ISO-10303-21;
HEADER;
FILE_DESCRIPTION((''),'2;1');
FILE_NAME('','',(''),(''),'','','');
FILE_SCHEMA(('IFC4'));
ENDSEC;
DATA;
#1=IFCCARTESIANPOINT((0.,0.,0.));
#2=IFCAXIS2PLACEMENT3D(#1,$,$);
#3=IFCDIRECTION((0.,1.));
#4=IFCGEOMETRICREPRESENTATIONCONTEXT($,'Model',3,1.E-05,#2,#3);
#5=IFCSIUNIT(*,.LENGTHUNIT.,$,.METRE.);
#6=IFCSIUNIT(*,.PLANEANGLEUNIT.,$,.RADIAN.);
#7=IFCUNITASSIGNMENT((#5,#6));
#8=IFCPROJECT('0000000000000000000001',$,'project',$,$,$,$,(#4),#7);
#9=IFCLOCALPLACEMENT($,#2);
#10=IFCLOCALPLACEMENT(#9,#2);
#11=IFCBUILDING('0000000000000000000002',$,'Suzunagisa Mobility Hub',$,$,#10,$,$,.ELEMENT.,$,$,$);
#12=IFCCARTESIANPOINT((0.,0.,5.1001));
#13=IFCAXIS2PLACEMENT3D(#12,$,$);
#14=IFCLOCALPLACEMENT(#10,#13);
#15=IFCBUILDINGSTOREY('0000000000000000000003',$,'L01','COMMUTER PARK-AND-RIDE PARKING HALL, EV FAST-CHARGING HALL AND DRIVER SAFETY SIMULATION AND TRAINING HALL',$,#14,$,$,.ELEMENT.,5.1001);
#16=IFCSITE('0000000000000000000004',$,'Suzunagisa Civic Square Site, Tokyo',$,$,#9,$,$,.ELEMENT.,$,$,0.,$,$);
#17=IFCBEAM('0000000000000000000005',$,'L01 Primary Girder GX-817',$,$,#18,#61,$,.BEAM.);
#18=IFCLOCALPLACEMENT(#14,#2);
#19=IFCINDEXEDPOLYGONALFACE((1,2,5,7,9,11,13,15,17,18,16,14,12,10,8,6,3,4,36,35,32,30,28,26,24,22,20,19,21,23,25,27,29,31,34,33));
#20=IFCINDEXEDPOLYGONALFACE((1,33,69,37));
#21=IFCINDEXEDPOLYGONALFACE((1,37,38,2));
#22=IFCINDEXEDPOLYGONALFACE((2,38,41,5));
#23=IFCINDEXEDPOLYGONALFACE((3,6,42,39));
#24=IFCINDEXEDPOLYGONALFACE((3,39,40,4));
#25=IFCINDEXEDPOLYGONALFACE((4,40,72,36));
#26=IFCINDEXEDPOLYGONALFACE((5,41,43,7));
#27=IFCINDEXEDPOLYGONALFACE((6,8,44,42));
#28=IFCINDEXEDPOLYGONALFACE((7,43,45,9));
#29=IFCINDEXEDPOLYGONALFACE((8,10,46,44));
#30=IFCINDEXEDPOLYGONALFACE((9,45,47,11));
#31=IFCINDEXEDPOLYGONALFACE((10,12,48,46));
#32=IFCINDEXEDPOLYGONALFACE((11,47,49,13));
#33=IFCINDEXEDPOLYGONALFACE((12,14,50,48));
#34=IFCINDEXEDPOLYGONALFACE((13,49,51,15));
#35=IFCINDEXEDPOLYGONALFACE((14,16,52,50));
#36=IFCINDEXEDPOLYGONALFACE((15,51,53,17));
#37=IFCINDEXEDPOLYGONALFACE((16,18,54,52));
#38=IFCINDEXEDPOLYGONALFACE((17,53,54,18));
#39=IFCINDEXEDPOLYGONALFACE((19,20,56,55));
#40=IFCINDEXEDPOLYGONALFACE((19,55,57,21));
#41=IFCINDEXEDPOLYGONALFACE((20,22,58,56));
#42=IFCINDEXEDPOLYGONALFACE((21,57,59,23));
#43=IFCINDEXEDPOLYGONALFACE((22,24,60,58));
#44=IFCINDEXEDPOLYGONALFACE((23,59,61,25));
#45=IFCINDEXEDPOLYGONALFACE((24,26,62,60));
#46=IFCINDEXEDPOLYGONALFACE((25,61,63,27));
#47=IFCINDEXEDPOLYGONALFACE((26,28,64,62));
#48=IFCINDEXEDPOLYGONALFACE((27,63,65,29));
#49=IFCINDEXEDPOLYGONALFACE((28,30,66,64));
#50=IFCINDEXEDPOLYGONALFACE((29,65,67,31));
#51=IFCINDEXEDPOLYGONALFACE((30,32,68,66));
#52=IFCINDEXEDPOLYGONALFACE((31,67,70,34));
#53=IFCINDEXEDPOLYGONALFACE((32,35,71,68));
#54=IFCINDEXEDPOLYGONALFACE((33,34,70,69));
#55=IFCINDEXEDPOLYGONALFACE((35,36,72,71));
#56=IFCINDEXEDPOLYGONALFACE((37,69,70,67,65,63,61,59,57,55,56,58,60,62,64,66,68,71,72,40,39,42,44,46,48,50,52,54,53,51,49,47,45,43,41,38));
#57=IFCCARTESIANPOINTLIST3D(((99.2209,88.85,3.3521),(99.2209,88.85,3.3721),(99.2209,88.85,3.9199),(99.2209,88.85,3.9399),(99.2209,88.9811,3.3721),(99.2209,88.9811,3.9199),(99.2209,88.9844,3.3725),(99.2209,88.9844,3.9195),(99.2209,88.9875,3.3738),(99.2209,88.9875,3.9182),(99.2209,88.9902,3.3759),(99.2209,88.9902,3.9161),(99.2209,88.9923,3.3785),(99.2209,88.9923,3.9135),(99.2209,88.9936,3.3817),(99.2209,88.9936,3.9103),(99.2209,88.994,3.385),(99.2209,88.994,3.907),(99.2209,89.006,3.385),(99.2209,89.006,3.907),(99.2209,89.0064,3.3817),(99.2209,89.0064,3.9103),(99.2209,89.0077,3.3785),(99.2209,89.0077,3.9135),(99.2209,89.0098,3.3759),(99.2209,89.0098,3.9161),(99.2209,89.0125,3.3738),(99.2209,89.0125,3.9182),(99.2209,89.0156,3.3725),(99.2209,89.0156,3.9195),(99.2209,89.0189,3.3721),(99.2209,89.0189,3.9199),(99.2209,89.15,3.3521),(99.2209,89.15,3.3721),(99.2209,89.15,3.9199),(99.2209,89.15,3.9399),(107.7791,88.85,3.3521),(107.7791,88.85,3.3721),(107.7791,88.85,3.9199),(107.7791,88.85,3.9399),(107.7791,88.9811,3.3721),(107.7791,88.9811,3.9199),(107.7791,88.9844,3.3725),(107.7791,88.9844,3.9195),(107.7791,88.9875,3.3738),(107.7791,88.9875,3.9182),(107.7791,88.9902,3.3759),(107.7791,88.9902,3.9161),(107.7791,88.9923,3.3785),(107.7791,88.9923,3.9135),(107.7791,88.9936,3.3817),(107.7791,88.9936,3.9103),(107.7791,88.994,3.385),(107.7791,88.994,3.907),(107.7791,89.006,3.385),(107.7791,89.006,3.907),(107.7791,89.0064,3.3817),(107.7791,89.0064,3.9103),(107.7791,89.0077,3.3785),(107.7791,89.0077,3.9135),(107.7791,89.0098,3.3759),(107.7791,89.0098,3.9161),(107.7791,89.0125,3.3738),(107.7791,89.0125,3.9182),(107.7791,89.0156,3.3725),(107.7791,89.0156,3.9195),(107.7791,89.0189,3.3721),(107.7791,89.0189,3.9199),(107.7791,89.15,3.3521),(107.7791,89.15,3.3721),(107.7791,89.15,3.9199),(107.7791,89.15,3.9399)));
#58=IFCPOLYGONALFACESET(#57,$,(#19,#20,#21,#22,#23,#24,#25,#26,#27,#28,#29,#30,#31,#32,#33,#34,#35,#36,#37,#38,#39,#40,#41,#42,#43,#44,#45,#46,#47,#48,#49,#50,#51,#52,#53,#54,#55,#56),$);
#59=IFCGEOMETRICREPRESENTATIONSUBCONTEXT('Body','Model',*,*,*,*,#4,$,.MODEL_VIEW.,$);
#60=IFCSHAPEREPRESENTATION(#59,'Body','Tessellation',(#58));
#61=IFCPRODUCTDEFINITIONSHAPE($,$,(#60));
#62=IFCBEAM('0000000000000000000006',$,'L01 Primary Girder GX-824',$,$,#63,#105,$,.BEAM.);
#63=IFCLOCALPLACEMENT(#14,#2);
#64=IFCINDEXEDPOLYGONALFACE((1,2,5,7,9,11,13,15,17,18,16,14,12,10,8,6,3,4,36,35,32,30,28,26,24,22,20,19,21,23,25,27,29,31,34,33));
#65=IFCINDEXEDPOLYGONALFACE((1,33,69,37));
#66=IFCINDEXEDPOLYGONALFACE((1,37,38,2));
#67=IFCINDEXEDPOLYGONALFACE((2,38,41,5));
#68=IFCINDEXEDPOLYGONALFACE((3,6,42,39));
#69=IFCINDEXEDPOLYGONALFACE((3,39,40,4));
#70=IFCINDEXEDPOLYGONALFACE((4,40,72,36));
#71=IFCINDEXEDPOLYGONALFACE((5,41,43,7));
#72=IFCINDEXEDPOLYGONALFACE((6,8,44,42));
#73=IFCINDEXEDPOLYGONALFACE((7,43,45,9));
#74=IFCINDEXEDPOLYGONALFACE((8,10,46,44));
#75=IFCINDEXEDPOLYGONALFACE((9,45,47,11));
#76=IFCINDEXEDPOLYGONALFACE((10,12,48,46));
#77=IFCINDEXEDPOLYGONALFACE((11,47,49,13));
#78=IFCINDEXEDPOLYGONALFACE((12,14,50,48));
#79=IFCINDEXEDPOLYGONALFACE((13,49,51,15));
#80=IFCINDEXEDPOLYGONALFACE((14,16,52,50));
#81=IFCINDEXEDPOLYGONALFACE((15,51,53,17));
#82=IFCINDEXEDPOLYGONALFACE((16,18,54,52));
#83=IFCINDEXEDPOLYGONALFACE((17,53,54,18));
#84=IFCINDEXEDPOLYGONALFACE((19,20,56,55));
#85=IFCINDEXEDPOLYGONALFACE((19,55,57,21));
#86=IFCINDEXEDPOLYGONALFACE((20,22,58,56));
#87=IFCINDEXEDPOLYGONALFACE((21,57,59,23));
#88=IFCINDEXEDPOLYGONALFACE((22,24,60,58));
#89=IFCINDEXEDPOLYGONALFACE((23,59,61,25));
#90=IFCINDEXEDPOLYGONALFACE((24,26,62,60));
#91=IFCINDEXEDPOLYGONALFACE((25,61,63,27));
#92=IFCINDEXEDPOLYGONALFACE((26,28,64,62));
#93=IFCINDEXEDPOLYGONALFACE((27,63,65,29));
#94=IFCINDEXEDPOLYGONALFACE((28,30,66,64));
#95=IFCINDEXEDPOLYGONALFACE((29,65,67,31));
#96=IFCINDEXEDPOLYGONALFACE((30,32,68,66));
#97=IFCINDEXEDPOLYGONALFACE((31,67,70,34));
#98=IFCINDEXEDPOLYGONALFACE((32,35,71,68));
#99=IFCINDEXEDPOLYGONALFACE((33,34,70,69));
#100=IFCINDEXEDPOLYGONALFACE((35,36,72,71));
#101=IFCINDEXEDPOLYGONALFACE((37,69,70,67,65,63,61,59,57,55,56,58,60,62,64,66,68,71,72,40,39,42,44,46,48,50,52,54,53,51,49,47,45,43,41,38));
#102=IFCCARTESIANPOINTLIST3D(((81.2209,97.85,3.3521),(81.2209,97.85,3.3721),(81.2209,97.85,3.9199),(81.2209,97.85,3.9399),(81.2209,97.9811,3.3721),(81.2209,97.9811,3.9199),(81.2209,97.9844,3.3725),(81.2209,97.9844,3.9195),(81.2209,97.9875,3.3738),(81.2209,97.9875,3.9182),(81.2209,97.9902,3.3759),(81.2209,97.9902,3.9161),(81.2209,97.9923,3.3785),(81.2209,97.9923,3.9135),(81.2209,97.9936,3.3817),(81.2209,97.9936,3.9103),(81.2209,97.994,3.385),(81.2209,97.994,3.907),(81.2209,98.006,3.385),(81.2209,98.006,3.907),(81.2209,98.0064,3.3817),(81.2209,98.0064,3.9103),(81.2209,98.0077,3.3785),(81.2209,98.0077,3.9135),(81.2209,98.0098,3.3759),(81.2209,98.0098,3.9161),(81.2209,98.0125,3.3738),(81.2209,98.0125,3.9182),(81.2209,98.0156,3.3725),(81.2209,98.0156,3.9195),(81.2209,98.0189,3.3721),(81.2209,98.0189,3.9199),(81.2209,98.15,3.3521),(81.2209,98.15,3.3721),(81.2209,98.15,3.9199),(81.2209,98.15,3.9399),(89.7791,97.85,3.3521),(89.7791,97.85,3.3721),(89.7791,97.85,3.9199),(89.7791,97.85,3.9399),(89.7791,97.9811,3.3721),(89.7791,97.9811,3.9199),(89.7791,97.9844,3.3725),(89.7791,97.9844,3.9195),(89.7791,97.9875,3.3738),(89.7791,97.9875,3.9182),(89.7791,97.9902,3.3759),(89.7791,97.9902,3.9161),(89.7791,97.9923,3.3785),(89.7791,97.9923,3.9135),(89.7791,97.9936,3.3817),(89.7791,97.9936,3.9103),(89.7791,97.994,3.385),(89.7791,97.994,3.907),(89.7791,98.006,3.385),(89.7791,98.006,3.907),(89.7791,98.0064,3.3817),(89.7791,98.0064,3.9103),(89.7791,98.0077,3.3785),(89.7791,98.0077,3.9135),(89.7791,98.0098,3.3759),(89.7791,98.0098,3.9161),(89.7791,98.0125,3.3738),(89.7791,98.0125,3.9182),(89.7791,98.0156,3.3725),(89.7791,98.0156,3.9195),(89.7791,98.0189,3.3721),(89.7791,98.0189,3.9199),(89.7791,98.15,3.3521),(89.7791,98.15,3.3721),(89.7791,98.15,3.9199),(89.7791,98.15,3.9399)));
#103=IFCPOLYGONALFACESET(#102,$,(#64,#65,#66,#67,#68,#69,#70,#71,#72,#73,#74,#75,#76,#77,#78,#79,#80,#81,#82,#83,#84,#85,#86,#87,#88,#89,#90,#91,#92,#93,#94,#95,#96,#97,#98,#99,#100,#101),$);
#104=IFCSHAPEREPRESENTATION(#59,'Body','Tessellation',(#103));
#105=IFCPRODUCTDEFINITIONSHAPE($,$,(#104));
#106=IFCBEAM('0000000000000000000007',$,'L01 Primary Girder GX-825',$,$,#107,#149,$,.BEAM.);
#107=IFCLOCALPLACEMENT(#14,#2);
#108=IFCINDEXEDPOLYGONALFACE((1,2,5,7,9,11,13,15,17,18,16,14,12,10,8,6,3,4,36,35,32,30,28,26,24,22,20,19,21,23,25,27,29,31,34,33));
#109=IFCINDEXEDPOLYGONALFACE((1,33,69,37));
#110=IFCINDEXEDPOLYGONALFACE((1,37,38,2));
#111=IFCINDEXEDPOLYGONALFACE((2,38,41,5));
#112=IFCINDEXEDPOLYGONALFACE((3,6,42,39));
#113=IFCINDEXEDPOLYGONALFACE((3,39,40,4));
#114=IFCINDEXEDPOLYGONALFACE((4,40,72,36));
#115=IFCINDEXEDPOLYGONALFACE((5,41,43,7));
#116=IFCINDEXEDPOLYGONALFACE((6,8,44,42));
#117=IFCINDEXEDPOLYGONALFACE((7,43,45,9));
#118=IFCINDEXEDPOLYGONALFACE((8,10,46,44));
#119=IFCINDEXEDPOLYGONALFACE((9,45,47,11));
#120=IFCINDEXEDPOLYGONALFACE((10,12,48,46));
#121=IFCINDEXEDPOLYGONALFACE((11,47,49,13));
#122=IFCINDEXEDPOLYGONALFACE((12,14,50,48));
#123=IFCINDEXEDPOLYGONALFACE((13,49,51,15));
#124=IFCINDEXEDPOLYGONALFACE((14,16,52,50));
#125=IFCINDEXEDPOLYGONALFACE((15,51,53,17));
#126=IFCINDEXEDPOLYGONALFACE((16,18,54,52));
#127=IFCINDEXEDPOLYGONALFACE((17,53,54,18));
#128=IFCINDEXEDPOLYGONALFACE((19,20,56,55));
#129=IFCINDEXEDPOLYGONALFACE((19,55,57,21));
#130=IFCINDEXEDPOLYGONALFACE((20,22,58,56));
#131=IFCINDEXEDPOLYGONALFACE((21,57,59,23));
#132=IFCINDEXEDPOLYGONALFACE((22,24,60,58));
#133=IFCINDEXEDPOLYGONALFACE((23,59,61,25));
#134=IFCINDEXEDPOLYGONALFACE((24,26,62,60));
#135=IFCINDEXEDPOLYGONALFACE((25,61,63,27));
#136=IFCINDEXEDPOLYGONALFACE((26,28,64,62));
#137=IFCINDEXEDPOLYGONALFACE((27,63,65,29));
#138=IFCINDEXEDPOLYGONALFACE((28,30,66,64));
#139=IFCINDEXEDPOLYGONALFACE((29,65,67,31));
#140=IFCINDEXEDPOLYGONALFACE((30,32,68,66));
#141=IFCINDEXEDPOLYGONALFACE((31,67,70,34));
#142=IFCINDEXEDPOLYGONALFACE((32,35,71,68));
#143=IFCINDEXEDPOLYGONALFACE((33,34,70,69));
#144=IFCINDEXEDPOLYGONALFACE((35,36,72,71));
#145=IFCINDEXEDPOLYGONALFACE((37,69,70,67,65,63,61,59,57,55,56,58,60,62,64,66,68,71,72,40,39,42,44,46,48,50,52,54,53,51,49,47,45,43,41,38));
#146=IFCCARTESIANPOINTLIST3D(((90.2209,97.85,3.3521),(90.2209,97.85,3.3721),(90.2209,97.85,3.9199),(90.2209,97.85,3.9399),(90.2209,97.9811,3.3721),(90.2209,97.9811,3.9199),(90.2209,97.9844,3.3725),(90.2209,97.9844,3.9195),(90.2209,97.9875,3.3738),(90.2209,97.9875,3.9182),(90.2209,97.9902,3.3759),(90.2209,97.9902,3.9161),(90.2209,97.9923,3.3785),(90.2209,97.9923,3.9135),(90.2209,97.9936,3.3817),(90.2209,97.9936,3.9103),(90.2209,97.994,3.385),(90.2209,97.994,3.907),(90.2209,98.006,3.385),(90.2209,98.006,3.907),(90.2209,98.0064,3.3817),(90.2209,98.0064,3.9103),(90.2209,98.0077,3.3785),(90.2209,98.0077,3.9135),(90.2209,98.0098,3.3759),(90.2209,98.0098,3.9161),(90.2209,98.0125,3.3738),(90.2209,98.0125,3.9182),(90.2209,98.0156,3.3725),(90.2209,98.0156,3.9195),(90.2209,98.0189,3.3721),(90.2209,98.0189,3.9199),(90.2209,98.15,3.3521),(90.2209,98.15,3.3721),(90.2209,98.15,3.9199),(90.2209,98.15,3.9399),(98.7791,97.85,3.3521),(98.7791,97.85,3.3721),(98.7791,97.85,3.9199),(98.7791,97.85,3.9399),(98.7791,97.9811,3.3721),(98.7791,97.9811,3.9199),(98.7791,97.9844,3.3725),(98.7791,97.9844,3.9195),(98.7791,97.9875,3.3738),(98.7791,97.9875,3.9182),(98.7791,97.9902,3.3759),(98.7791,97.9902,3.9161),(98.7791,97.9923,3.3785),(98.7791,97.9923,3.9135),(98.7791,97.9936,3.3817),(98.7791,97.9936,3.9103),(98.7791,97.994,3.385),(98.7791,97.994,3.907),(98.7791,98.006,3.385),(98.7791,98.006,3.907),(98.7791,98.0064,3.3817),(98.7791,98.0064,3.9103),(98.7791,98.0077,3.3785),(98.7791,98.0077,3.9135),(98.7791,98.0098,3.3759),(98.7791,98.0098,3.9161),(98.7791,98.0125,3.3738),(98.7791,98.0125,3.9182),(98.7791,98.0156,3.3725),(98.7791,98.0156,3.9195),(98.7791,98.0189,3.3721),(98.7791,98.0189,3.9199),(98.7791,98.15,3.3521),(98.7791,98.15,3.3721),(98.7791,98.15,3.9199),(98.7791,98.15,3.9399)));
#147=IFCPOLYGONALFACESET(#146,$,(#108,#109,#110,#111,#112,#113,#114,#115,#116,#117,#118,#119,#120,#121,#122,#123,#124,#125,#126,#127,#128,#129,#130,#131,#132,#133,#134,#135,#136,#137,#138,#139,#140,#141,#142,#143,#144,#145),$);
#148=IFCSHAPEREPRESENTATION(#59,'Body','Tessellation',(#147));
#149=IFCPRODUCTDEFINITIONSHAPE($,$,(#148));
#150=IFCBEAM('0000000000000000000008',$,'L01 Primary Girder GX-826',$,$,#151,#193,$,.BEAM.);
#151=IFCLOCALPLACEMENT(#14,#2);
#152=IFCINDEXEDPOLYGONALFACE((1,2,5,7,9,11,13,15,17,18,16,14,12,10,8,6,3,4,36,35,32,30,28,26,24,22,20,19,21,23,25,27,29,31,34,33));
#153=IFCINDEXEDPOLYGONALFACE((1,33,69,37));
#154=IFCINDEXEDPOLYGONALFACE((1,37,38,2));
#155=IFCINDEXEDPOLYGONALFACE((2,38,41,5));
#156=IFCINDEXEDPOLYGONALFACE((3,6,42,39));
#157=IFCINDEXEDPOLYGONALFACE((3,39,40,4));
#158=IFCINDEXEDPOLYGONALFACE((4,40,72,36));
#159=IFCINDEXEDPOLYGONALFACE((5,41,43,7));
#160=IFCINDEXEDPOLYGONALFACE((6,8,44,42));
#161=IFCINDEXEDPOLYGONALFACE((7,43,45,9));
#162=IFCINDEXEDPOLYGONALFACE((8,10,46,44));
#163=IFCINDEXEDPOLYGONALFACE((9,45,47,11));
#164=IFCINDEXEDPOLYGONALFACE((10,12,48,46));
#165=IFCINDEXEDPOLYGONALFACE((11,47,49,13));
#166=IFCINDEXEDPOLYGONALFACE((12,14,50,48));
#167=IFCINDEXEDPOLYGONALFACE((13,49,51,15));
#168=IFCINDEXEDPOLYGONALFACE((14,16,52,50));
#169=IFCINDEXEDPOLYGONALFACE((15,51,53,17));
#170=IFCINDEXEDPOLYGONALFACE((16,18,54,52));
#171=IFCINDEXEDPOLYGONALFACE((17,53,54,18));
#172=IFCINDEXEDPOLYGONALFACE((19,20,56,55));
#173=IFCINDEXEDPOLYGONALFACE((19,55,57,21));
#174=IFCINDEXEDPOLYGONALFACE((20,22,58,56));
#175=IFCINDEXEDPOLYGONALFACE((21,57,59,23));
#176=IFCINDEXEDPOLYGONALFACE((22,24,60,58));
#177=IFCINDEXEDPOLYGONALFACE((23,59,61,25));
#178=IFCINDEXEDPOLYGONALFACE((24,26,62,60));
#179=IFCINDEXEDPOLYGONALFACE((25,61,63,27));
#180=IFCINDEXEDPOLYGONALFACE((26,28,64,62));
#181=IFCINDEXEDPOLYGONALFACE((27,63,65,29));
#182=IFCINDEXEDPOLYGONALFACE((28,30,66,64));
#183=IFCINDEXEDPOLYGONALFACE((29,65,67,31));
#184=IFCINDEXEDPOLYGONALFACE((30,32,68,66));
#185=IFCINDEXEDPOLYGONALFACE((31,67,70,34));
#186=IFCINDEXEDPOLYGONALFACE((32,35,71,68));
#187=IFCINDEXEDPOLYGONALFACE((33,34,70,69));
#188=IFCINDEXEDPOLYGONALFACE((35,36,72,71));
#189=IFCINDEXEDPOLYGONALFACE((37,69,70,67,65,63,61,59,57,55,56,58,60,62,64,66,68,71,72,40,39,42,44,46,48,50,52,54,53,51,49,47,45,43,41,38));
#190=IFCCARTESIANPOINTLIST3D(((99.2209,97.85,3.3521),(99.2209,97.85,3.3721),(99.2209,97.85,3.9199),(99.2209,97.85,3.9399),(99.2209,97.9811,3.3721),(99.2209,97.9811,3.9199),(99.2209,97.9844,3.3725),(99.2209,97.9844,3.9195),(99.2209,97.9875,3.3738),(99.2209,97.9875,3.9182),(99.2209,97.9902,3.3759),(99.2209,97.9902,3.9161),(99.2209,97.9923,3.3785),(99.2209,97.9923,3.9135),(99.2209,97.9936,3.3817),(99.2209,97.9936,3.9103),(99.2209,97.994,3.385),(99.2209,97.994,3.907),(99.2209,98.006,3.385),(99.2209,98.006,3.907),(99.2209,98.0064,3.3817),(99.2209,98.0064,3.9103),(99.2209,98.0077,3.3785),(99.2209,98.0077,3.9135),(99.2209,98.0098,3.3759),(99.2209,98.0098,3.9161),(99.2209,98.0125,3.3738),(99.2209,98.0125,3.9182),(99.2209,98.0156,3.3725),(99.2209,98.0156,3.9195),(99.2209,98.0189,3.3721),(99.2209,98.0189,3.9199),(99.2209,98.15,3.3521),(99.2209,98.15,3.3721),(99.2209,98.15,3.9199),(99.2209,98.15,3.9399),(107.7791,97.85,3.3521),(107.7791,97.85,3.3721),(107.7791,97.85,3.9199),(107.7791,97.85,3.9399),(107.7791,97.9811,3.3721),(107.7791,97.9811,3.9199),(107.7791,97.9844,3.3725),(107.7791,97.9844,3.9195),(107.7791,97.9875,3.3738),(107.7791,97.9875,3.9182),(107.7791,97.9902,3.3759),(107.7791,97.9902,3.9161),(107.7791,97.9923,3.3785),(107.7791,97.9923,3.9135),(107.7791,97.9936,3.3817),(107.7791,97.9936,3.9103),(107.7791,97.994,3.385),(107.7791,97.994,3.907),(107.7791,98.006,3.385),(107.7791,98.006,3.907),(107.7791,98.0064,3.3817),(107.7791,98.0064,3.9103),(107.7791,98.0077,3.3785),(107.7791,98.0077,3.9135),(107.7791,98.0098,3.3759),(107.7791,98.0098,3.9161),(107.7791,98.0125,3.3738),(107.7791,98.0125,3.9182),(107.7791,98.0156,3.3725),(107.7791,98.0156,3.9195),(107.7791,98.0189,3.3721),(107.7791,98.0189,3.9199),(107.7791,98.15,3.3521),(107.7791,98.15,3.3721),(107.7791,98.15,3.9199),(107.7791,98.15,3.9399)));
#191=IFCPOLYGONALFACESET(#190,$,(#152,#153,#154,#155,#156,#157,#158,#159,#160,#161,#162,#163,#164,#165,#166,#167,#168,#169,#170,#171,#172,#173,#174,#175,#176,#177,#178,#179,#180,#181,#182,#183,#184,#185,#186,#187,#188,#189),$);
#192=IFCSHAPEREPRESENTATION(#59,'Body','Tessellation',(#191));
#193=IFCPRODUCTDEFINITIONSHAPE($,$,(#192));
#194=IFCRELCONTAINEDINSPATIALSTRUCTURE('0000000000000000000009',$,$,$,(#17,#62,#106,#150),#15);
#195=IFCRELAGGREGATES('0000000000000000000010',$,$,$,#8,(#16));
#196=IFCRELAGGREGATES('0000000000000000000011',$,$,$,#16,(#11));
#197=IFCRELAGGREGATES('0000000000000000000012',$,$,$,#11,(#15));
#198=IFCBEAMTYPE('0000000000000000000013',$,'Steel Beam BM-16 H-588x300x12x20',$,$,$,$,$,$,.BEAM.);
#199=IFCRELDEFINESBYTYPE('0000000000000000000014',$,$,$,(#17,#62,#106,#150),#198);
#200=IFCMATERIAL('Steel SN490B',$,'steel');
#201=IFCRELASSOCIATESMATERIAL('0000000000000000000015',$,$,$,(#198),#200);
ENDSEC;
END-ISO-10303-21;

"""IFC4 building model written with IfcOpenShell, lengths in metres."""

from ifc_helpers import new_model, si_unit, direction, frame, origin, origin_2d, place, context, subcontext, project, spatial, i_section, extrude, material, material_profile, profile_set, type_object, element, save


model = new_model("IFC4")

# Units and contexts
model_context = context("Model", 3, precision=1e-05, world=origin(), true_north=direction((0.0, 1.0)))
body_context = subcontext(model_context, "Body", "Model", "MODEL_VIEW")
ifc_project = project(units=[si_unit("LENGTHUNIT", "METRE"), si_unit("PLANEANGLEUNIT", "RADIAN")], contexts=[model_context])

# Site, building, storey
site_placement = place(None, origin())
site = spatial("IfcSite", under=ifc_project, at=site_placement, Name="Suzunagisa Civic Square Site, Tokyo", CompositionType="ELEMENT", RefElevation=0.0)
building_placement = place(site_placement, origin())
building = spatial("IfcBuilding", under=site, at=building_placement, Name="Suzunagisa Mobility Hub", CompositionType="ELEMENT")
storey_placement = place(building_placement, frame((0.0, 0.0, 5.1001)))
storey = spatial("IfcBuildingStorey", under=building, at=storey_placement, Name="L01", Description="COMMUTER PARK-AND-RIDE PARKING HALL, EV FAST-CHARGING HALL AND DRIVER SAFETY SIMULATION AND TRAINING HALL", CompositionType="ELEMENT", Elevation=5.1001)

# Shared definitions
ifc_material_1 = material(Name="Steel SN490B", Category="steel")

# Beams
ifc_material_profile_1 = material_profile(ifc_material_1, i_section(OverallWidth=0.3, OverallDepth=0.5879, WebThickness=0.012, FlangeThickness=0.02, FilletRadius=0.0129, at=origin_2d()), Name="H-588x300x12x20")
ifc_profile_set_1 = profile_set([ifc_material_profile_1], Name="Steel SN490B")
beam_type_1 = type_object("IfcBeamType", Name="Steel Beam BM-16 H-588x300x12x20", PredefinedType="BEAM", material=ifc_profile_set_1)
for number, where, z_axis, x_axis, name in (
    (1, (99.2209, 89.0, 3.646), (1.0, 0.0, 0.0), (0.0, 1.0, 0.0), "L01 Primary Girder GX-817"),
    (2, (81.2209, 98.0, 3.646), (1.0, 0.0, 0.0), (0.0, 1.0, 0.0), "L01 Primary Girder GX-824"),
    (3, (90.2209, 98.0, 3.646), (1.0, 0.0, 0.0), (0.0, 1.0, 0.0), "L01 Primary Girder GX-825"),
    (4, (99.2209, 98.0, 3.646), (1.0, 0.0, 0.0), (0.0, 1.0, 0.0), "L01 Primary Girder GX-826"),
):
    element("IfcBeam", number, at=place(storey_placement, frame(where, z_axis=z_axis, x_axis=x_axis)), inside=storey, type_object=beam_type_1, Name=name, PredefinedType="BEAM", context=body_context, shape_type="SweptSolid", body=[
        extrude(i_section(OverallWidth=0.3, OverallDepth=0.5879, WebThickness=0.012, FlangeThickness=0.02, FilletRadius=0.0129, at=origin_2d()), origin(), (0.0, 0.0, 1.0), 8.5581),
    ])

save(model, "model.ifc")
